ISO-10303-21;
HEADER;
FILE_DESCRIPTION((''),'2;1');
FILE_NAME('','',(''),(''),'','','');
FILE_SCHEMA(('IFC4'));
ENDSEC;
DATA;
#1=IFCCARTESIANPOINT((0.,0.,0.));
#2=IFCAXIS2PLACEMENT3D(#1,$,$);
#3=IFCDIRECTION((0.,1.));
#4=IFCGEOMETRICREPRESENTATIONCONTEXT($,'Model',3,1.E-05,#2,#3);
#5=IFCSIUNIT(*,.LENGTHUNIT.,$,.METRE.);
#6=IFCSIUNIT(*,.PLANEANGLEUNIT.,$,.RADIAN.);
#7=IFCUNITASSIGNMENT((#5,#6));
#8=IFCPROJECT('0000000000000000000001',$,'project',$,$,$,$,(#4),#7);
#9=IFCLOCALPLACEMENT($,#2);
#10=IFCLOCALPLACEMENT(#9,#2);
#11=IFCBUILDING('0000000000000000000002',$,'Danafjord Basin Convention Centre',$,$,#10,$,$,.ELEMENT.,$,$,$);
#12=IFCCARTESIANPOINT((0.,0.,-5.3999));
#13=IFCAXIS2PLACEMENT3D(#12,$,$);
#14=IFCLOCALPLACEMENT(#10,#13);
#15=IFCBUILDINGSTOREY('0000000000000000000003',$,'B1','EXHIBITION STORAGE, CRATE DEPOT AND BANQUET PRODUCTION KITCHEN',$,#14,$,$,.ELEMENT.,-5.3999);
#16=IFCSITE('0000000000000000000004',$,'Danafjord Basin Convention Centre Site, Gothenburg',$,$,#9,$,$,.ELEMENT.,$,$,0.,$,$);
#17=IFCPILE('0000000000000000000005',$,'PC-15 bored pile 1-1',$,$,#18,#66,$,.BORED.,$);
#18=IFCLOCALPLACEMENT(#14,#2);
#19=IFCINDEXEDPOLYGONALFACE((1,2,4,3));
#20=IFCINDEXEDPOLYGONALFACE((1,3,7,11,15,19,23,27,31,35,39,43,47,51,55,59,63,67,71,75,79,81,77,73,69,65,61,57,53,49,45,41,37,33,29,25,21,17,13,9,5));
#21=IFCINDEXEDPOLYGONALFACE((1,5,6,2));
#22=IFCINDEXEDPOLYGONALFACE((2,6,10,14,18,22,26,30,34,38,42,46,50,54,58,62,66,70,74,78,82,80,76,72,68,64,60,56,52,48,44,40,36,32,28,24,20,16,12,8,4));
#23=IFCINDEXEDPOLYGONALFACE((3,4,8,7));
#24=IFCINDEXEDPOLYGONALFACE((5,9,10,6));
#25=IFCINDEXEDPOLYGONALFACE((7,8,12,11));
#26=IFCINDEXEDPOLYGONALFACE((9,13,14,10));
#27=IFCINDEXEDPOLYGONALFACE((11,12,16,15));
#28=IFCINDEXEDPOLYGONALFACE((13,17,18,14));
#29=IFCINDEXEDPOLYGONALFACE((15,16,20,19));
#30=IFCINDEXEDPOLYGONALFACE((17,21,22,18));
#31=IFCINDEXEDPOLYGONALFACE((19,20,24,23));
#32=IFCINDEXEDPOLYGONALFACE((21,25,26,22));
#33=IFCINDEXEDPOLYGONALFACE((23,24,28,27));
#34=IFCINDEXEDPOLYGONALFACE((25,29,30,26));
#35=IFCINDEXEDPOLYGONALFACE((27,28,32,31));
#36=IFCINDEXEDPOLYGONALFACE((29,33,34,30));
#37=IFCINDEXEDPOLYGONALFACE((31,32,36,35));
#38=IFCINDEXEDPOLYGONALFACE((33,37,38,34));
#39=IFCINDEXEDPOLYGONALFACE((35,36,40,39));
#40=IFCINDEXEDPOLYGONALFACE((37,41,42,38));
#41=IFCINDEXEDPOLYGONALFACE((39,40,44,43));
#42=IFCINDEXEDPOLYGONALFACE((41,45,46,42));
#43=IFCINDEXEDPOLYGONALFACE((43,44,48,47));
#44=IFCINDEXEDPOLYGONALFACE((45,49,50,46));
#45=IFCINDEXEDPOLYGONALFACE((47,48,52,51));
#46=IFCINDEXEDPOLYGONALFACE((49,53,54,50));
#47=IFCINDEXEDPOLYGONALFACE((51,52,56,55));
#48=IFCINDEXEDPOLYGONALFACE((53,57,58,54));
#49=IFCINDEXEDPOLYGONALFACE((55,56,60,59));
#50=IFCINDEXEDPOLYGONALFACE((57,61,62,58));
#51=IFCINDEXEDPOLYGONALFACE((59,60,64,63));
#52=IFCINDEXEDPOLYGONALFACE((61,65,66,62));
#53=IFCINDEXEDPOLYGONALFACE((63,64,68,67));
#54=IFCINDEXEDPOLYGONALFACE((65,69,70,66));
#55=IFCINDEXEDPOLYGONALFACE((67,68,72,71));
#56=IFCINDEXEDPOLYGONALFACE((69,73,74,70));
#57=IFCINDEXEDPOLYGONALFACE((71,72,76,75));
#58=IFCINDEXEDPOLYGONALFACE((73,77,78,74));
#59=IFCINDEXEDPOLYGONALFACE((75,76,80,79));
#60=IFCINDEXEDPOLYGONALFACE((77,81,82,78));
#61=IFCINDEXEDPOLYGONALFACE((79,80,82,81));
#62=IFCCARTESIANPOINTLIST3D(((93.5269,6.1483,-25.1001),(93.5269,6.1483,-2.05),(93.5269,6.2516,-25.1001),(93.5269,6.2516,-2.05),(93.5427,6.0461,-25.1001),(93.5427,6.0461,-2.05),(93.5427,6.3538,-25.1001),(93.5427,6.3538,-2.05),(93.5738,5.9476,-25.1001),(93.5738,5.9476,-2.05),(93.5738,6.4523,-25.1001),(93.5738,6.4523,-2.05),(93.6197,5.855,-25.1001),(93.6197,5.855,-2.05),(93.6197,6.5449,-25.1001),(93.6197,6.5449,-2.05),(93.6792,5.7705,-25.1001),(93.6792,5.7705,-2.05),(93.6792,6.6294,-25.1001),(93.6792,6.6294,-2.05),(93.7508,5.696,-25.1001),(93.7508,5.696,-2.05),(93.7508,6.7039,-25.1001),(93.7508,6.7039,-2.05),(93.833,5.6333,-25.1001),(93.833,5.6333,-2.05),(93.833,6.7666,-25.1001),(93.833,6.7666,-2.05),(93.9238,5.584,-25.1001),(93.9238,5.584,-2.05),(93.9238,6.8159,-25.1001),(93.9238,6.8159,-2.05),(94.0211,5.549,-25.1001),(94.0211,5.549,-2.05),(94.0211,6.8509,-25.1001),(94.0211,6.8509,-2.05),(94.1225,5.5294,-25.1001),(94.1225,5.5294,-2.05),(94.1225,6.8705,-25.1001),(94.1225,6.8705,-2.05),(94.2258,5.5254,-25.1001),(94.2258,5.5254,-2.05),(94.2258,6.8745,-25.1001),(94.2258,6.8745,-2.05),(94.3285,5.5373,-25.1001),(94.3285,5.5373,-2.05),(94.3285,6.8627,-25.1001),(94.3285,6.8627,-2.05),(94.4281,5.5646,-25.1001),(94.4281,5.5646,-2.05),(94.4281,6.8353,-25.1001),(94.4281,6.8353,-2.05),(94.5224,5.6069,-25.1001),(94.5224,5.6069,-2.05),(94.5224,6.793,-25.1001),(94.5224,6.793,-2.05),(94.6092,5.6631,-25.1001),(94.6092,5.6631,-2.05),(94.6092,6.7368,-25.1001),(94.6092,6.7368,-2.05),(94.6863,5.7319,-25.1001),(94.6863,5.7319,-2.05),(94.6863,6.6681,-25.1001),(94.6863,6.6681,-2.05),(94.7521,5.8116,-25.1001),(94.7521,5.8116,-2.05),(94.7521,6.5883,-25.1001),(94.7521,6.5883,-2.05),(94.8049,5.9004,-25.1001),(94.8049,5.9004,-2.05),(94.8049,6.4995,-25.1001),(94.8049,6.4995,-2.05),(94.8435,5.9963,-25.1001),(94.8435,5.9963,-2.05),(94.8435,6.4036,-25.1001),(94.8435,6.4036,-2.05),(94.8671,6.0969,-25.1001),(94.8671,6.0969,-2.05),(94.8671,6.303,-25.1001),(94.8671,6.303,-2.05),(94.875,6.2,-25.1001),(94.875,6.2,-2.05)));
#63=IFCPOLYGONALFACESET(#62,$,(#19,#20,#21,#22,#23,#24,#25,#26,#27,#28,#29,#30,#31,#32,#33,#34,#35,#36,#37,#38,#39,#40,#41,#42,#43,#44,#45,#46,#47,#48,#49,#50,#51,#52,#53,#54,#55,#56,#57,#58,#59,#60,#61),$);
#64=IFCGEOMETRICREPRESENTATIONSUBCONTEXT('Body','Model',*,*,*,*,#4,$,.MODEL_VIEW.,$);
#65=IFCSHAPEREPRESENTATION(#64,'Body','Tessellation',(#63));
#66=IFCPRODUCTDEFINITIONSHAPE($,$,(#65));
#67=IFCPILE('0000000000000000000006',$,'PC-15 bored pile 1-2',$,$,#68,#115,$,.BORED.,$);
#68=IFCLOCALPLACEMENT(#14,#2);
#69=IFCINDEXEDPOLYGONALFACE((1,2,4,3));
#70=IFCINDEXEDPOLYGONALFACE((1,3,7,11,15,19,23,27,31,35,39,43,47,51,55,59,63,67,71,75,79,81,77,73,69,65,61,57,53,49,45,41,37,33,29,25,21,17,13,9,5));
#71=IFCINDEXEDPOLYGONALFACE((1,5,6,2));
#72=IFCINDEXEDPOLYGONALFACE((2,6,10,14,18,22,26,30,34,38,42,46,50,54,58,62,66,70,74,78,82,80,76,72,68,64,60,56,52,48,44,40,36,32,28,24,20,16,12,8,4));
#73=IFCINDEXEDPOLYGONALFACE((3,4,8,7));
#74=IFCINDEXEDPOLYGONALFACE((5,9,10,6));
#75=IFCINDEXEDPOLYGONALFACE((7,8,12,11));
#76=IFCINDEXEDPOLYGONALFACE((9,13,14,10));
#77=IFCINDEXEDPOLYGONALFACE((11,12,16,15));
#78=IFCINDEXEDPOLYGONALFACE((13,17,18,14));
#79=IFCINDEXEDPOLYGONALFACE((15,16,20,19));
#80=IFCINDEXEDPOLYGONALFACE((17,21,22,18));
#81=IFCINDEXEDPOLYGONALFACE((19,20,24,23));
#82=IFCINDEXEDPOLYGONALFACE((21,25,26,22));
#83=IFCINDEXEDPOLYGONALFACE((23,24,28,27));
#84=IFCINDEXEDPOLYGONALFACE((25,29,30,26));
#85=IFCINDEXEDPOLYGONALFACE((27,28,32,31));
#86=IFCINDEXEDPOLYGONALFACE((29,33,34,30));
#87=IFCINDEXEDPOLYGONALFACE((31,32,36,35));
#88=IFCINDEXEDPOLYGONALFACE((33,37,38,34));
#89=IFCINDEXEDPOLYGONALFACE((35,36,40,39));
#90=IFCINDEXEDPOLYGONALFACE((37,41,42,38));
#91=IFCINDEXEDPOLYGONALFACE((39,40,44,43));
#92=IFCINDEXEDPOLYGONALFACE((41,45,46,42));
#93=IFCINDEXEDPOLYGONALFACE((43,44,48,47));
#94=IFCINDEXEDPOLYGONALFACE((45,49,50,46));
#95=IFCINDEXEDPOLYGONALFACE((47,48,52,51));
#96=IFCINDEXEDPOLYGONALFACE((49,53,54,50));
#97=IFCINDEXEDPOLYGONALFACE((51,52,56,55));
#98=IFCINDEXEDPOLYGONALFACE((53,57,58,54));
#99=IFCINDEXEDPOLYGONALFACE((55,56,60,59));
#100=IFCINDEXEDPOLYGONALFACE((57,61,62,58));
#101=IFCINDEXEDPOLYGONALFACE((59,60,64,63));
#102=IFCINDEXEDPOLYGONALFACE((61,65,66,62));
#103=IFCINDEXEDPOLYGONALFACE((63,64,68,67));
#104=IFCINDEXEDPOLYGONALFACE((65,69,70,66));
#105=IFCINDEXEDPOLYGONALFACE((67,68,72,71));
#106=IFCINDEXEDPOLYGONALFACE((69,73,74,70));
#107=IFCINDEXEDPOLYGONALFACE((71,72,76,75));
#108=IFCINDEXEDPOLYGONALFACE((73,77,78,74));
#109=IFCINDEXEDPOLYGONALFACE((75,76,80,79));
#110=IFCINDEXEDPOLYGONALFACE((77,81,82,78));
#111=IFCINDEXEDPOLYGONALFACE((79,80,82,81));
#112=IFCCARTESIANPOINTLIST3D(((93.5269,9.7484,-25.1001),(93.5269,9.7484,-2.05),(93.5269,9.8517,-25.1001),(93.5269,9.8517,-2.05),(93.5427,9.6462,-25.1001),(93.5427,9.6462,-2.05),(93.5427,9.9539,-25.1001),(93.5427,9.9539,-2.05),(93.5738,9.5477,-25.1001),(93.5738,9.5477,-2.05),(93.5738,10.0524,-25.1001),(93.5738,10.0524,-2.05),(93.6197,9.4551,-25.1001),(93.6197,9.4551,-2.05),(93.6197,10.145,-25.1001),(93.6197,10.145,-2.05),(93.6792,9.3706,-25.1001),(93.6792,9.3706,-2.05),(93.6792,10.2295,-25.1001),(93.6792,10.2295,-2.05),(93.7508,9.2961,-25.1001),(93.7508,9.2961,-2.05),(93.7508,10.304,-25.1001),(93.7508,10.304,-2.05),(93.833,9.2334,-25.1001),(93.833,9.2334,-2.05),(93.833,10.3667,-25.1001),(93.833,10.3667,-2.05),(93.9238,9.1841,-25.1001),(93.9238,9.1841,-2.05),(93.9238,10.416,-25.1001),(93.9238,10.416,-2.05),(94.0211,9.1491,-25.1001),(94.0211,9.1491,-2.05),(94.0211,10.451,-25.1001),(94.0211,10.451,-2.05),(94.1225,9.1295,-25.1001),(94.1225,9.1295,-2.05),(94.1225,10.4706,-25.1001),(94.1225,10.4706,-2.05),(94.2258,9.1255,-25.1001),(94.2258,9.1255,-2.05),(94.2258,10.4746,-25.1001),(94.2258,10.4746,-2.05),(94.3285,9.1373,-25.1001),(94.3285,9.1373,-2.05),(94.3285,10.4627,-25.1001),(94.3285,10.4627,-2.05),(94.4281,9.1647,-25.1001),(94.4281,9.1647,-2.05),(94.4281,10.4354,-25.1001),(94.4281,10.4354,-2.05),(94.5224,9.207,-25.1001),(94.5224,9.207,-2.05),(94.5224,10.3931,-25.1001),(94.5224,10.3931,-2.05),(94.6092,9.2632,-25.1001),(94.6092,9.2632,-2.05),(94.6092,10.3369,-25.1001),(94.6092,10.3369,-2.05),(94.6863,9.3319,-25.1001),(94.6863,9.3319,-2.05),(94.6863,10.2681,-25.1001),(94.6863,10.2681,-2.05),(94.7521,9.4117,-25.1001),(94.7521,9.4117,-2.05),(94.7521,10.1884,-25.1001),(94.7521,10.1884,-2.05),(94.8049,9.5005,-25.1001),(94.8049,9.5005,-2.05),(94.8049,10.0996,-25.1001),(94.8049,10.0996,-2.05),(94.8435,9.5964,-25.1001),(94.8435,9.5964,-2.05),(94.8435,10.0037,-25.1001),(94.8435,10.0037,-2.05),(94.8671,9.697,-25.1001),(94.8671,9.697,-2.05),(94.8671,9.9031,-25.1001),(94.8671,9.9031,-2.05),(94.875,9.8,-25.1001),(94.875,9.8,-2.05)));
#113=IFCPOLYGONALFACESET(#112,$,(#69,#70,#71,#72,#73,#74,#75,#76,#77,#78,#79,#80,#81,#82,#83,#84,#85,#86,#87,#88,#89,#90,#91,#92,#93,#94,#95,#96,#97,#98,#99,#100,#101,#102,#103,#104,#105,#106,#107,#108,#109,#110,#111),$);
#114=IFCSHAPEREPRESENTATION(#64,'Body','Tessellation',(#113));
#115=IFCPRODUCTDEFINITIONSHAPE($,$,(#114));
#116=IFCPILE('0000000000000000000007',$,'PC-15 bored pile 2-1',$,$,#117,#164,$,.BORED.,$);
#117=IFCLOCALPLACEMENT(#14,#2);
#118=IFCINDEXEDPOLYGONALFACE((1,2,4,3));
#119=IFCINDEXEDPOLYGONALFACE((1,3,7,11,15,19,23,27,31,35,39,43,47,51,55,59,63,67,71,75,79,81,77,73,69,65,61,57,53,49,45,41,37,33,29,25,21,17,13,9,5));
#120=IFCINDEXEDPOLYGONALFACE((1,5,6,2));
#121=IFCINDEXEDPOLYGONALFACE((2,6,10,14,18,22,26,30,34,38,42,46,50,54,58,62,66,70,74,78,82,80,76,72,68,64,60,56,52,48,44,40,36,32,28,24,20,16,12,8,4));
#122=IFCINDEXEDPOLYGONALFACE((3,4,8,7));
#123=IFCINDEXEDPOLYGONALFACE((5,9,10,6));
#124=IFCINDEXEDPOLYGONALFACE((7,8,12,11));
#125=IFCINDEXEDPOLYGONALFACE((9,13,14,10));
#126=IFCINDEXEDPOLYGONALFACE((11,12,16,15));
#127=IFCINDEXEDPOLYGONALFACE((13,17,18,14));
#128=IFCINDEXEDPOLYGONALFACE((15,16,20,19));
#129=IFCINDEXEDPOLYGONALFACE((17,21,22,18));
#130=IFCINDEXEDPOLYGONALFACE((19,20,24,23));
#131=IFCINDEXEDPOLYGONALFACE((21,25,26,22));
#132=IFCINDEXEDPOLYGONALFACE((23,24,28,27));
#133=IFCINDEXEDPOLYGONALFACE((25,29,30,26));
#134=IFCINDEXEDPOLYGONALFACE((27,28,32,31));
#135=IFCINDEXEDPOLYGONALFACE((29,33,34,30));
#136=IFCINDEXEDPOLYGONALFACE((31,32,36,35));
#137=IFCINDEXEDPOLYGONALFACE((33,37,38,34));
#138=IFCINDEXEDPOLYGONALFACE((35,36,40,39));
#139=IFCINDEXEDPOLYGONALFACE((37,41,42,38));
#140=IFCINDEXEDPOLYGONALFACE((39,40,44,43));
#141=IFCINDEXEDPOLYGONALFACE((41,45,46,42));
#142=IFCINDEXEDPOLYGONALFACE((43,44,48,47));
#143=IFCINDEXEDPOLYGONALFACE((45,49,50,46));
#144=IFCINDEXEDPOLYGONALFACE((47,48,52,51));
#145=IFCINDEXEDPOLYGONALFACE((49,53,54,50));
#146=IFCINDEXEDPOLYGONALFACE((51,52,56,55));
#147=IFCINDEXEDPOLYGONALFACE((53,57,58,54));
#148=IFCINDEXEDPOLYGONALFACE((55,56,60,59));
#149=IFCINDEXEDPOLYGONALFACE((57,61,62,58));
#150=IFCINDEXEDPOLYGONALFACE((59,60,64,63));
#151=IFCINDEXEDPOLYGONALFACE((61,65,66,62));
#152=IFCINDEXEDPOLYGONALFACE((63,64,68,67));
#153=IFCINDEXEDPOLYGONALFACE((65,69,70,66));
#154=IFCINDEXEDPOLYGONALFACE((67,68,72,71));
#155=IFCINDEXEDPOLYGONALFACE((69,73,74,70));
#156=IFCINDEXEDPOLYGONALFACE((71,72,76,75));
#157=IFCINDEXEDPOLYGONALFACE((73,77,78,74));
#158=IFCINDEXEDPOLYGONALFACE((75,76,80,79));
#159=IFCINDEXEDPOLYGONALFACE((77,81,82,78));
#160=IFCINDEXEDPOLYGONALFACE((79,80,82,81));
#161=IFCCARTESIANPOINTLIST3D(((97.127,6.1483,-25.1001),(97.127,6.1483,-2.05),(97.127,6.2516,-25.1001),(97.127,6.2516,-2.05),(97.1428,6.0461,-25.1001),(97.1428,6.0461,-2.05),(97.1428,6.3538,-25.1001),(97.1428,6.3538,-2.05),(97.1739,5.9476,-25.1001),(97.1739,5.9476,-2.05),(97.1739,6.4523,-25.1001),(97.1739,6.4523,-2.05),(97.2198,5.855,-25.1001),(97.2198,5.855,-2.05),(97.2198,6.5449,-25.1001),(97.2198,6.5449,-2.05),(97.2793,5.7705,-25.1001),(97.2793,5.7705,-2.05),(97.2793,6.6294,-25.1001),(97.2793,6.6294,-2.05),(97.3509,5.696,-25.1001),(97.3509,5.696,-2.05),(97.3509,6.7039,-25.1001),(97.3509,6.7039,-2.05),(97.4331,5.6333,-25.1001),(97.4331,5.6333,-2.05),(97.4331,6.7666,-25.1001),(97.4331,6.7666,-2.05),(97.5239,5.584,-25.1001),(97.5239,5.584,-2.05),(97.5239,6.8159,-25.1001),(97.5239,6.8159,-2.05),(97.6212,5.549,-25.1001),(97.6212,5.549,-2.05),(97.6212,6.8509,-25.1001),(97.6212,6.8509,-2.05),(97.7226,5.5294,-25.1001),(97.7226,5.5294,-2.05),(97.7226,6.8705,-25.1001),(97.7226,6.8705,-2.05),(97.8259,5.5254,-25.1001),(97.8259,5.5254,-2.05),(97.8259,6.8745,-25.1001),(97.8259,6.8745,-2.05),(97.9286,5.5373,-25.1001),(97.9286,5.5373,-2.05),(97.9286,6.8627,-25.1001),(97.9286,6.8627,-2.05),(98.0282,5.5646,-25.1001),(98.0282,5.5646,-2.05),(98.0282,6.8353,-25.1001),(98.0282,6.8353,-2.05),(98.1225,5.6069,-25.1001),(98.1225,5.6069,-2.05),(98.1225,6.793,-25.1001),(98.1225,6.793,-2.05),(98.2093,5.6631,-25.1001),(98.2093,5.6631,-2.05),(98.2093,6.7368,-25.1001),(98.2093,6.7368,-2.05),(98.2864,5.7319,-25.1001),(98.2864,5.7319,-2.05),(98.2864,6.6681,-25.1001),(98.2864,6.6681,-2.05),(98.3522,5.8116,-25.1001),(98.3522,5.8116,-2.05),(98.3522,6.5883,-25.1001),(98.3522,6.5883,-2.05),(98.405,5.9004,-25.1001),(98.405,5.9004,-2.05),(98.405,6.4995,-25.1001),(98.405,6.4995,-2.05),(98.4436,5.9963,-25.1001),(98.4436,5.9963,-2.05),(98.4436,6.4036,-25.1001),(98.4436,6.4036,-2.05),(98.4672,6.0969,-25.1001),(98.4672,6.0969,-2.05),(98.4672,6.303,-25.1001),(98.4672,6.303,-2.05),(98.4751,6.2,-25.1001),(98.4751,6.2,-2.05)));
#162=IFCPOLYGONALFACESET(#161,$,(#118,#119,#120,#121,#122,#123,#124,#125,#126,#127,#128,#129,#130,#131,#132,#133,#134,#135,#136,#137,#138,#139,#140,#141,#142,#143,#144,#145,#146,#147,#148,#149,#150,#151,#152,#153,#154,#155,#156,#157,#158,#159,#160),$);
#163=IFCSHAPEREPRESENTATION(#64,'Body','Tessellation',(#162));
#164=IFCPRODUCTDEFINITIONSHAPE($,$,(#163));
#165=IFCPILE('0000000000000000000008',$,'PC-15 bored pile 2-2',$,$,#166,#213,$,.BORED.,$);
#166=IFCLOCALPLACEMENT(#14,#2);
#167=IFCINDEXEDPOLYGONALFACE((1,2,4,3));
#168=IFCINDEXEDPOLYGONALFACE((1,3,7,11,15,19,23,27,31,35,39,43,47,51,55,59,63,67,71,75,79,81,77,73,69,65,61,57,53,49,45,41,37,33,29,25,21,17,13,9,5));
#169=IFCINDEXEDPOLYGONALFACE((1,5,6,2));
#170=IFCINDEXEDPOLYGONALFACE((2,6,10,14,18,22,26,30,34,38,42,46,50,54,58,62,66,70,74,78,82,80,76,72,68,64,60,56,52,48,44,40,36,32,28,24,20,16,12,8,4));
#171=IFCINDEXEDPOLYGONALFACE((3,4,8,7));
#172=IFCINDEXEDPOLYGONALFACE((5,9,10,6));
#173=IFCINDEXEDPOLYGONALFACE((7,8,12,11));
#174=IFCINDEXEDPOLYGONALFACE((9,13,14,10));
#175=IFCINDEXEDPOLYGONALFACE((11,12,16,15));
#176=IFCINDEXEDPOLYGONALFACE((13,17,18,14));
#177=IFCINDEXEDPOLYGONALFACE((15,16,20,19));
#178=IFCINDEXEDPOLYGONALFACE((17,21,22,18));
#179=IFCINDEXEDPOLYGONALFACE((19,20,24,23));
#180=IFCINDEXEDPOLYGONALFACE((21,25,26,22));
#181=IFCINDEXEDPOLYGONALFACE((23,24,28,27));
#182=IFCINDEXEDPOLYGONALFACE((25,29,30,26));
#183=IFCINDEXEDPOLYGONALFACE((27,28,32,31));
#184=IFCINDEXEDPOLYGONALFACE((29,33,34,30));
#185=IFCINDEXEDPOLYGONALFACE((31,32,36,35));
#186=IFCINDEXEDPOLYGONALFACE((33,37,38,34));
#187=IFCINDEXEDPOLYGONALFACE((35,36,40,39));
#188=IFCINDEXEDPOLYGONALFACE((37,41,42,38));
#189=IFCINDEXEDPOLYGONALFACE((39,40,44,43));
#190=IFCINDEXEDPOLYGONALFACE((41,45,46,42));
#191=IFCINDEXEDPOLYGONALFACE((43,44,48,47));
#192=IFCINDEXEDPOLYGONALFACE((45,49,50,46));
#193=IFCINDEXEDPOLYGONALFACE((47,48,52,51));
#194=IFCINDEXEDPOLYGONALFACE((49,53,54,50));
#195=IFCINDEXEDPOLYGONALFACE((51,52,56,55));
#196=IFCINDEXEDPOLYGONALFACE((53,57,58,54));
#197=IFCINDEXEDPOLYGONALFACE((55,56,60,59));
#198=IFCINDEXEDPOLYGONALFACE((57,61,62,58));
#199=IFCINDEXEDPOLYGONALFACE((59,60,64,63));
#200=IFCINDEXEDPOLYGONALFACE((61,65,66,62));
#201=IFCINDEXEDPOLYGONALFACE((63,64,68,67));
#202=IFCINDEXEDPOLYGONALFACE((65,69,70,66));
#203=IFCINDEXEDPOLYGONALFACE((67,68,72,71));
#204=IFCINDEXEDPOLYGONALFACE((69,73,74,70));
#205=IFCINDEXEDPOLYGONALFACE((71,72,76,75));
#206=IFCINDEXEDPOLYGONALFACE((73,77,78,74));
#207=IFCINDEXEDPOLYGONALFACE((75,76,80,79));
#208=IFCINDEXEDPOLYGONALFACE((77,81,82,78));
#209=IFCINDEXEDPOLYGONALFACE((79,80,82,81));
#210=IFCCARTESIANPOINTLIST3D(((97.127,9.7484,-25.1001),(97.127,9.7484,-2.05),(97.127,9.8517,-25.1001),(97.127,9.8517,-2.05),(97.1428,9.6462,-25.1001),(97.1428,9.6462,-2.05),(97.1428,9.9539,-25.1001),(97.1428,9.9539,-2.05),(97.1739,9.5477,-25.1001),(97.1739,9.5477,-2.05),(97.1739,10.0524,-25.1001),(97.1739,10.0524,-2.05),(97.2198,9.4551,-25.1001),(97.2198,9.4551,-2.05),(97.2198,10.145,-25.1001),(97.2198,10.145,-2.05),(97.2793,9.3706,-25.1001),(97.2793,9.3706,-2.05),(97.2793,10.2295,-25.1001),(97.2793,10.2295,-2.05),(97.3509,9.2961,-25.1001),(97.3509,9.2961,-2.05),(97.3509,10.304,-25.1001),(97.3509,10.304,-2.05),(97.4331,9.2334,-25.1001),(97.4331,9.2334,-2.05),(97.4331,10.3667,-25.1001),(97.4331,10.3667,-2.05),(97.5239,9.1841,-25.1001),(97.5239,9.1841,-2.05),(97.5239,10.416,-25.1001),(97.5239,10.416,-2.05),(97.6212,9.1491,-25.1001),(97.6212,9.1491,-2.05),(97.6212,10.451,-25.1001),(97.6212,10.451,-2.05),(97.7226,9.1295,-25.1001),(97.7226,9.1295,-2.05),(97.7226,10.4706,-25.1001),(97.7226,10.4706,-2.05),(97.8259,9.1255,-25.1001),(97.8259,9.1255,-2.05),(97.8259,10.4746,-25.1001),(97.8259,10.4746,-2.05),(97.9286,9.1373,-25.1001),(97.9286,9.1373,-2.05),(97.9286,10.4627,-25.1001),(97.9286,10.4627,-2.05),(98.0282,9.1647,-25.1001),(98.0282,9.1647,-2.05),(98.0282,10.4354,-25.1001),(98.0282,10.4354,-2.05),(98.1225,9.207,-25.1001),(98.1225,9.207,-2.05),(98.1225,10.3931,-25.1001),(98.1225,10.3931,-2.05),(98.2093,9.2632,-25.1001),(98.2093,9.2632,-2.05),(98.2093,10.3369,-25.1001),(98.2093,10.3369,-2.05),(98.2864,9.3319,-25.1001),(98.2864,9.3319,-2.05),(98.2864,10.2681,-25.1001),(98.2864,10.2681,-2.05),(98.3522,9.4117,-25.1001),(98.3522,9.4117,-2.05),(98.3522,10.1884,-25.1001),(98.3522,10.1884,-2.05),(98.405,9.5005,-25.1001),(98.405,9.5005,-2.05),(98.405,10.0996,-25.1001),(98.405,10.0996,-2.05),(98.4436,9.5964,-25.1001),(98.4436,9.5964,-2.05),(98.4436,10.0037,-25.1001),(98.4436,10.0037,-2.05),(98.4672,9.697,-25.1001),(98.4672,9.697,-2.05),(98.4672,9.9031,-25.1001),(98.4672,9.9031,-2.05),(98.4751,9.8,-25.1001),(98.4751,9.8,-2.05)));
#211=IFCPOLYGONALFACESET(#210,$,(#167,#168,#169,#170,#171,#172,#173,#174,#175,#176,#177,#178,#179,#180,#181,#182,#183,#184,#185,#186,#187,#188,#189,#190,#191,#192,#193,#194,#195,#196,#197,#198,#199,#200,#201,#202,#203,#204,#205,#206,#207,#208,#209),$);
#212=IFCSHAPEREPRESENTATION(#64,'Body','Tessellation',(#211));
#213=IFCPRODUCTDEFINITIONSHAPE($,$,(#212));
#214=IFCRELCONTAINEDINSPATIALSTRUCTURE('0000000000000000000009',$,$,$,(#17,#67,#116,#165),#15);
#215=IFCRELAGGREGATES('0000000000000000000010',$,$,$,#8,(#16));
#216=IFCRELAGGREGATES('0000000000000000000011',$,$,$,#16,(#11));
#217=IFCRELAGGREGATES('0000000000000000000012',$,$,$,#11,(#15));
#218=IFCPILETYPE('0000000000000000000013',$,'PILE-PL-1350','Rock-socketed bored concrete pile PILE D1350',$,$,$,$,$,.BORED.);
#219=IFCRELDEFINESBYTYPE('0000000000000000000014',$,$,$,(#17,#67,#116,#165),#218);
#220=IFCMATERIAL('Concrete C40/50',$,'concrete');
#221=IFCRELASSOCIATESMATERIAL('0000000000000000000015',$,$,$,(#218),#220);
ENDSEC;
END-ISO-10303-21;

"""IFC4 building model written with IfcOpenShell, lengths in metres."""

from ifc_helpers import new_model, si_unit, direction, frame, origin, origin_2d, place, context, subcontext, project, spatial, circle, extrude, material, material_profile, profile_set, type_object, element, save


model = new_model("IFC4")

# Units and contexts
model_context = context("Model", 3, precision=1e-05, world=origin(), true_north=direction((0.0, 1.0)))
body_context = subcontext(model_context, "Body", "Model", "MODEL_VIEW")
ifc_project = project(units=[si_unit("LENGTHUNIT", "METRE"), si_unit("PLANEANGLEUNIT", "RADIAN")], contexts=[model_context])

# Site, building, storey
site_placement = place(None, origin())
site = spatial("IfcSite", under=ifc_project, at=site_placement, Name="Danafjord Basin Convention Centre Site, Gothenburg", CompositionType="ELEMENT", RefElevation=0.0)
building_placement = place(site_placement, origin())
building = spatial("IfcBuilding", under=site, at=building_placement, Name="Danafjord Basin Convention Centre", CompositionType="ELEMENT")
storey_placement = place(building_placement, frame((0.0, 0.0, -5.3999)))
storey = spatial("IfcBuildingStorey", under=building, at=storey_placement, Name="B1", Description="EXHIBITION STORAGE, CRATE DEPOT AND BANQUET PRODUCTION KITCHEN", CompositionType="ELEMENT", Elevation=-5.3999)

# Shared definitions
ifc_material_1 = material(Name="Concrete C40/50", Category="concrete")

# Piles
ifc_material_profile_1 = material_profile(ifc_material_1, circle(Radius=0.675, at=origin_2d()), Name="PILE D1350")
ifc_profile_set_1 = profile_set([ifc_material_profile_1], Name="Concrete C40/50")
pile_type_1 = type_object("IfcPileType", Name="PILE-PL-1350", Description="Rock-socketed bored concrete pile PILE D1350", PredefinedType="BORED", material=ifc_profile_set_1)
for number, where, z_axis, x_axis, name in (
    (1, (94.2, 6.2, -2.05), (0.0, 0.0, -1.0), (1.0, 0.0, 0.0), "PC-15 bored pile 1-1"),
    (2, (94.2, 9.8, -2.05), (0.0, 0.0, -1.0), (1.0, 0.0, 0.0), "PC-15 bored pile 1-2"),
    (3, (97.8, 6.2, -2.05), (0.0, 0.0, -1.0), (1.0, 0.0, 0.0), "PC-15 bored pile 2-1"),
    (4, (97.8, 9.8, -2.05), (0.0, 0.0, -1.0), (1.0, 0.0, 0.0), "PC-15 bored pile 2-2"),
):
    element("IfcPile", number, at=place(storey_placement, frame(where, z_axis=z_axis, x_axis=x_axis)), inside=storey, type_object=pile_type_1, Name=name, PredefinedType="BORED", context=body_context, shape_type="SweptSolid", body=[
        extrude(circle(Radius=0.675, at=origin_2d()), origin(), (0.0, 0.0, 1.0), 23.05),
    ])

save(model, "model.ifc")
